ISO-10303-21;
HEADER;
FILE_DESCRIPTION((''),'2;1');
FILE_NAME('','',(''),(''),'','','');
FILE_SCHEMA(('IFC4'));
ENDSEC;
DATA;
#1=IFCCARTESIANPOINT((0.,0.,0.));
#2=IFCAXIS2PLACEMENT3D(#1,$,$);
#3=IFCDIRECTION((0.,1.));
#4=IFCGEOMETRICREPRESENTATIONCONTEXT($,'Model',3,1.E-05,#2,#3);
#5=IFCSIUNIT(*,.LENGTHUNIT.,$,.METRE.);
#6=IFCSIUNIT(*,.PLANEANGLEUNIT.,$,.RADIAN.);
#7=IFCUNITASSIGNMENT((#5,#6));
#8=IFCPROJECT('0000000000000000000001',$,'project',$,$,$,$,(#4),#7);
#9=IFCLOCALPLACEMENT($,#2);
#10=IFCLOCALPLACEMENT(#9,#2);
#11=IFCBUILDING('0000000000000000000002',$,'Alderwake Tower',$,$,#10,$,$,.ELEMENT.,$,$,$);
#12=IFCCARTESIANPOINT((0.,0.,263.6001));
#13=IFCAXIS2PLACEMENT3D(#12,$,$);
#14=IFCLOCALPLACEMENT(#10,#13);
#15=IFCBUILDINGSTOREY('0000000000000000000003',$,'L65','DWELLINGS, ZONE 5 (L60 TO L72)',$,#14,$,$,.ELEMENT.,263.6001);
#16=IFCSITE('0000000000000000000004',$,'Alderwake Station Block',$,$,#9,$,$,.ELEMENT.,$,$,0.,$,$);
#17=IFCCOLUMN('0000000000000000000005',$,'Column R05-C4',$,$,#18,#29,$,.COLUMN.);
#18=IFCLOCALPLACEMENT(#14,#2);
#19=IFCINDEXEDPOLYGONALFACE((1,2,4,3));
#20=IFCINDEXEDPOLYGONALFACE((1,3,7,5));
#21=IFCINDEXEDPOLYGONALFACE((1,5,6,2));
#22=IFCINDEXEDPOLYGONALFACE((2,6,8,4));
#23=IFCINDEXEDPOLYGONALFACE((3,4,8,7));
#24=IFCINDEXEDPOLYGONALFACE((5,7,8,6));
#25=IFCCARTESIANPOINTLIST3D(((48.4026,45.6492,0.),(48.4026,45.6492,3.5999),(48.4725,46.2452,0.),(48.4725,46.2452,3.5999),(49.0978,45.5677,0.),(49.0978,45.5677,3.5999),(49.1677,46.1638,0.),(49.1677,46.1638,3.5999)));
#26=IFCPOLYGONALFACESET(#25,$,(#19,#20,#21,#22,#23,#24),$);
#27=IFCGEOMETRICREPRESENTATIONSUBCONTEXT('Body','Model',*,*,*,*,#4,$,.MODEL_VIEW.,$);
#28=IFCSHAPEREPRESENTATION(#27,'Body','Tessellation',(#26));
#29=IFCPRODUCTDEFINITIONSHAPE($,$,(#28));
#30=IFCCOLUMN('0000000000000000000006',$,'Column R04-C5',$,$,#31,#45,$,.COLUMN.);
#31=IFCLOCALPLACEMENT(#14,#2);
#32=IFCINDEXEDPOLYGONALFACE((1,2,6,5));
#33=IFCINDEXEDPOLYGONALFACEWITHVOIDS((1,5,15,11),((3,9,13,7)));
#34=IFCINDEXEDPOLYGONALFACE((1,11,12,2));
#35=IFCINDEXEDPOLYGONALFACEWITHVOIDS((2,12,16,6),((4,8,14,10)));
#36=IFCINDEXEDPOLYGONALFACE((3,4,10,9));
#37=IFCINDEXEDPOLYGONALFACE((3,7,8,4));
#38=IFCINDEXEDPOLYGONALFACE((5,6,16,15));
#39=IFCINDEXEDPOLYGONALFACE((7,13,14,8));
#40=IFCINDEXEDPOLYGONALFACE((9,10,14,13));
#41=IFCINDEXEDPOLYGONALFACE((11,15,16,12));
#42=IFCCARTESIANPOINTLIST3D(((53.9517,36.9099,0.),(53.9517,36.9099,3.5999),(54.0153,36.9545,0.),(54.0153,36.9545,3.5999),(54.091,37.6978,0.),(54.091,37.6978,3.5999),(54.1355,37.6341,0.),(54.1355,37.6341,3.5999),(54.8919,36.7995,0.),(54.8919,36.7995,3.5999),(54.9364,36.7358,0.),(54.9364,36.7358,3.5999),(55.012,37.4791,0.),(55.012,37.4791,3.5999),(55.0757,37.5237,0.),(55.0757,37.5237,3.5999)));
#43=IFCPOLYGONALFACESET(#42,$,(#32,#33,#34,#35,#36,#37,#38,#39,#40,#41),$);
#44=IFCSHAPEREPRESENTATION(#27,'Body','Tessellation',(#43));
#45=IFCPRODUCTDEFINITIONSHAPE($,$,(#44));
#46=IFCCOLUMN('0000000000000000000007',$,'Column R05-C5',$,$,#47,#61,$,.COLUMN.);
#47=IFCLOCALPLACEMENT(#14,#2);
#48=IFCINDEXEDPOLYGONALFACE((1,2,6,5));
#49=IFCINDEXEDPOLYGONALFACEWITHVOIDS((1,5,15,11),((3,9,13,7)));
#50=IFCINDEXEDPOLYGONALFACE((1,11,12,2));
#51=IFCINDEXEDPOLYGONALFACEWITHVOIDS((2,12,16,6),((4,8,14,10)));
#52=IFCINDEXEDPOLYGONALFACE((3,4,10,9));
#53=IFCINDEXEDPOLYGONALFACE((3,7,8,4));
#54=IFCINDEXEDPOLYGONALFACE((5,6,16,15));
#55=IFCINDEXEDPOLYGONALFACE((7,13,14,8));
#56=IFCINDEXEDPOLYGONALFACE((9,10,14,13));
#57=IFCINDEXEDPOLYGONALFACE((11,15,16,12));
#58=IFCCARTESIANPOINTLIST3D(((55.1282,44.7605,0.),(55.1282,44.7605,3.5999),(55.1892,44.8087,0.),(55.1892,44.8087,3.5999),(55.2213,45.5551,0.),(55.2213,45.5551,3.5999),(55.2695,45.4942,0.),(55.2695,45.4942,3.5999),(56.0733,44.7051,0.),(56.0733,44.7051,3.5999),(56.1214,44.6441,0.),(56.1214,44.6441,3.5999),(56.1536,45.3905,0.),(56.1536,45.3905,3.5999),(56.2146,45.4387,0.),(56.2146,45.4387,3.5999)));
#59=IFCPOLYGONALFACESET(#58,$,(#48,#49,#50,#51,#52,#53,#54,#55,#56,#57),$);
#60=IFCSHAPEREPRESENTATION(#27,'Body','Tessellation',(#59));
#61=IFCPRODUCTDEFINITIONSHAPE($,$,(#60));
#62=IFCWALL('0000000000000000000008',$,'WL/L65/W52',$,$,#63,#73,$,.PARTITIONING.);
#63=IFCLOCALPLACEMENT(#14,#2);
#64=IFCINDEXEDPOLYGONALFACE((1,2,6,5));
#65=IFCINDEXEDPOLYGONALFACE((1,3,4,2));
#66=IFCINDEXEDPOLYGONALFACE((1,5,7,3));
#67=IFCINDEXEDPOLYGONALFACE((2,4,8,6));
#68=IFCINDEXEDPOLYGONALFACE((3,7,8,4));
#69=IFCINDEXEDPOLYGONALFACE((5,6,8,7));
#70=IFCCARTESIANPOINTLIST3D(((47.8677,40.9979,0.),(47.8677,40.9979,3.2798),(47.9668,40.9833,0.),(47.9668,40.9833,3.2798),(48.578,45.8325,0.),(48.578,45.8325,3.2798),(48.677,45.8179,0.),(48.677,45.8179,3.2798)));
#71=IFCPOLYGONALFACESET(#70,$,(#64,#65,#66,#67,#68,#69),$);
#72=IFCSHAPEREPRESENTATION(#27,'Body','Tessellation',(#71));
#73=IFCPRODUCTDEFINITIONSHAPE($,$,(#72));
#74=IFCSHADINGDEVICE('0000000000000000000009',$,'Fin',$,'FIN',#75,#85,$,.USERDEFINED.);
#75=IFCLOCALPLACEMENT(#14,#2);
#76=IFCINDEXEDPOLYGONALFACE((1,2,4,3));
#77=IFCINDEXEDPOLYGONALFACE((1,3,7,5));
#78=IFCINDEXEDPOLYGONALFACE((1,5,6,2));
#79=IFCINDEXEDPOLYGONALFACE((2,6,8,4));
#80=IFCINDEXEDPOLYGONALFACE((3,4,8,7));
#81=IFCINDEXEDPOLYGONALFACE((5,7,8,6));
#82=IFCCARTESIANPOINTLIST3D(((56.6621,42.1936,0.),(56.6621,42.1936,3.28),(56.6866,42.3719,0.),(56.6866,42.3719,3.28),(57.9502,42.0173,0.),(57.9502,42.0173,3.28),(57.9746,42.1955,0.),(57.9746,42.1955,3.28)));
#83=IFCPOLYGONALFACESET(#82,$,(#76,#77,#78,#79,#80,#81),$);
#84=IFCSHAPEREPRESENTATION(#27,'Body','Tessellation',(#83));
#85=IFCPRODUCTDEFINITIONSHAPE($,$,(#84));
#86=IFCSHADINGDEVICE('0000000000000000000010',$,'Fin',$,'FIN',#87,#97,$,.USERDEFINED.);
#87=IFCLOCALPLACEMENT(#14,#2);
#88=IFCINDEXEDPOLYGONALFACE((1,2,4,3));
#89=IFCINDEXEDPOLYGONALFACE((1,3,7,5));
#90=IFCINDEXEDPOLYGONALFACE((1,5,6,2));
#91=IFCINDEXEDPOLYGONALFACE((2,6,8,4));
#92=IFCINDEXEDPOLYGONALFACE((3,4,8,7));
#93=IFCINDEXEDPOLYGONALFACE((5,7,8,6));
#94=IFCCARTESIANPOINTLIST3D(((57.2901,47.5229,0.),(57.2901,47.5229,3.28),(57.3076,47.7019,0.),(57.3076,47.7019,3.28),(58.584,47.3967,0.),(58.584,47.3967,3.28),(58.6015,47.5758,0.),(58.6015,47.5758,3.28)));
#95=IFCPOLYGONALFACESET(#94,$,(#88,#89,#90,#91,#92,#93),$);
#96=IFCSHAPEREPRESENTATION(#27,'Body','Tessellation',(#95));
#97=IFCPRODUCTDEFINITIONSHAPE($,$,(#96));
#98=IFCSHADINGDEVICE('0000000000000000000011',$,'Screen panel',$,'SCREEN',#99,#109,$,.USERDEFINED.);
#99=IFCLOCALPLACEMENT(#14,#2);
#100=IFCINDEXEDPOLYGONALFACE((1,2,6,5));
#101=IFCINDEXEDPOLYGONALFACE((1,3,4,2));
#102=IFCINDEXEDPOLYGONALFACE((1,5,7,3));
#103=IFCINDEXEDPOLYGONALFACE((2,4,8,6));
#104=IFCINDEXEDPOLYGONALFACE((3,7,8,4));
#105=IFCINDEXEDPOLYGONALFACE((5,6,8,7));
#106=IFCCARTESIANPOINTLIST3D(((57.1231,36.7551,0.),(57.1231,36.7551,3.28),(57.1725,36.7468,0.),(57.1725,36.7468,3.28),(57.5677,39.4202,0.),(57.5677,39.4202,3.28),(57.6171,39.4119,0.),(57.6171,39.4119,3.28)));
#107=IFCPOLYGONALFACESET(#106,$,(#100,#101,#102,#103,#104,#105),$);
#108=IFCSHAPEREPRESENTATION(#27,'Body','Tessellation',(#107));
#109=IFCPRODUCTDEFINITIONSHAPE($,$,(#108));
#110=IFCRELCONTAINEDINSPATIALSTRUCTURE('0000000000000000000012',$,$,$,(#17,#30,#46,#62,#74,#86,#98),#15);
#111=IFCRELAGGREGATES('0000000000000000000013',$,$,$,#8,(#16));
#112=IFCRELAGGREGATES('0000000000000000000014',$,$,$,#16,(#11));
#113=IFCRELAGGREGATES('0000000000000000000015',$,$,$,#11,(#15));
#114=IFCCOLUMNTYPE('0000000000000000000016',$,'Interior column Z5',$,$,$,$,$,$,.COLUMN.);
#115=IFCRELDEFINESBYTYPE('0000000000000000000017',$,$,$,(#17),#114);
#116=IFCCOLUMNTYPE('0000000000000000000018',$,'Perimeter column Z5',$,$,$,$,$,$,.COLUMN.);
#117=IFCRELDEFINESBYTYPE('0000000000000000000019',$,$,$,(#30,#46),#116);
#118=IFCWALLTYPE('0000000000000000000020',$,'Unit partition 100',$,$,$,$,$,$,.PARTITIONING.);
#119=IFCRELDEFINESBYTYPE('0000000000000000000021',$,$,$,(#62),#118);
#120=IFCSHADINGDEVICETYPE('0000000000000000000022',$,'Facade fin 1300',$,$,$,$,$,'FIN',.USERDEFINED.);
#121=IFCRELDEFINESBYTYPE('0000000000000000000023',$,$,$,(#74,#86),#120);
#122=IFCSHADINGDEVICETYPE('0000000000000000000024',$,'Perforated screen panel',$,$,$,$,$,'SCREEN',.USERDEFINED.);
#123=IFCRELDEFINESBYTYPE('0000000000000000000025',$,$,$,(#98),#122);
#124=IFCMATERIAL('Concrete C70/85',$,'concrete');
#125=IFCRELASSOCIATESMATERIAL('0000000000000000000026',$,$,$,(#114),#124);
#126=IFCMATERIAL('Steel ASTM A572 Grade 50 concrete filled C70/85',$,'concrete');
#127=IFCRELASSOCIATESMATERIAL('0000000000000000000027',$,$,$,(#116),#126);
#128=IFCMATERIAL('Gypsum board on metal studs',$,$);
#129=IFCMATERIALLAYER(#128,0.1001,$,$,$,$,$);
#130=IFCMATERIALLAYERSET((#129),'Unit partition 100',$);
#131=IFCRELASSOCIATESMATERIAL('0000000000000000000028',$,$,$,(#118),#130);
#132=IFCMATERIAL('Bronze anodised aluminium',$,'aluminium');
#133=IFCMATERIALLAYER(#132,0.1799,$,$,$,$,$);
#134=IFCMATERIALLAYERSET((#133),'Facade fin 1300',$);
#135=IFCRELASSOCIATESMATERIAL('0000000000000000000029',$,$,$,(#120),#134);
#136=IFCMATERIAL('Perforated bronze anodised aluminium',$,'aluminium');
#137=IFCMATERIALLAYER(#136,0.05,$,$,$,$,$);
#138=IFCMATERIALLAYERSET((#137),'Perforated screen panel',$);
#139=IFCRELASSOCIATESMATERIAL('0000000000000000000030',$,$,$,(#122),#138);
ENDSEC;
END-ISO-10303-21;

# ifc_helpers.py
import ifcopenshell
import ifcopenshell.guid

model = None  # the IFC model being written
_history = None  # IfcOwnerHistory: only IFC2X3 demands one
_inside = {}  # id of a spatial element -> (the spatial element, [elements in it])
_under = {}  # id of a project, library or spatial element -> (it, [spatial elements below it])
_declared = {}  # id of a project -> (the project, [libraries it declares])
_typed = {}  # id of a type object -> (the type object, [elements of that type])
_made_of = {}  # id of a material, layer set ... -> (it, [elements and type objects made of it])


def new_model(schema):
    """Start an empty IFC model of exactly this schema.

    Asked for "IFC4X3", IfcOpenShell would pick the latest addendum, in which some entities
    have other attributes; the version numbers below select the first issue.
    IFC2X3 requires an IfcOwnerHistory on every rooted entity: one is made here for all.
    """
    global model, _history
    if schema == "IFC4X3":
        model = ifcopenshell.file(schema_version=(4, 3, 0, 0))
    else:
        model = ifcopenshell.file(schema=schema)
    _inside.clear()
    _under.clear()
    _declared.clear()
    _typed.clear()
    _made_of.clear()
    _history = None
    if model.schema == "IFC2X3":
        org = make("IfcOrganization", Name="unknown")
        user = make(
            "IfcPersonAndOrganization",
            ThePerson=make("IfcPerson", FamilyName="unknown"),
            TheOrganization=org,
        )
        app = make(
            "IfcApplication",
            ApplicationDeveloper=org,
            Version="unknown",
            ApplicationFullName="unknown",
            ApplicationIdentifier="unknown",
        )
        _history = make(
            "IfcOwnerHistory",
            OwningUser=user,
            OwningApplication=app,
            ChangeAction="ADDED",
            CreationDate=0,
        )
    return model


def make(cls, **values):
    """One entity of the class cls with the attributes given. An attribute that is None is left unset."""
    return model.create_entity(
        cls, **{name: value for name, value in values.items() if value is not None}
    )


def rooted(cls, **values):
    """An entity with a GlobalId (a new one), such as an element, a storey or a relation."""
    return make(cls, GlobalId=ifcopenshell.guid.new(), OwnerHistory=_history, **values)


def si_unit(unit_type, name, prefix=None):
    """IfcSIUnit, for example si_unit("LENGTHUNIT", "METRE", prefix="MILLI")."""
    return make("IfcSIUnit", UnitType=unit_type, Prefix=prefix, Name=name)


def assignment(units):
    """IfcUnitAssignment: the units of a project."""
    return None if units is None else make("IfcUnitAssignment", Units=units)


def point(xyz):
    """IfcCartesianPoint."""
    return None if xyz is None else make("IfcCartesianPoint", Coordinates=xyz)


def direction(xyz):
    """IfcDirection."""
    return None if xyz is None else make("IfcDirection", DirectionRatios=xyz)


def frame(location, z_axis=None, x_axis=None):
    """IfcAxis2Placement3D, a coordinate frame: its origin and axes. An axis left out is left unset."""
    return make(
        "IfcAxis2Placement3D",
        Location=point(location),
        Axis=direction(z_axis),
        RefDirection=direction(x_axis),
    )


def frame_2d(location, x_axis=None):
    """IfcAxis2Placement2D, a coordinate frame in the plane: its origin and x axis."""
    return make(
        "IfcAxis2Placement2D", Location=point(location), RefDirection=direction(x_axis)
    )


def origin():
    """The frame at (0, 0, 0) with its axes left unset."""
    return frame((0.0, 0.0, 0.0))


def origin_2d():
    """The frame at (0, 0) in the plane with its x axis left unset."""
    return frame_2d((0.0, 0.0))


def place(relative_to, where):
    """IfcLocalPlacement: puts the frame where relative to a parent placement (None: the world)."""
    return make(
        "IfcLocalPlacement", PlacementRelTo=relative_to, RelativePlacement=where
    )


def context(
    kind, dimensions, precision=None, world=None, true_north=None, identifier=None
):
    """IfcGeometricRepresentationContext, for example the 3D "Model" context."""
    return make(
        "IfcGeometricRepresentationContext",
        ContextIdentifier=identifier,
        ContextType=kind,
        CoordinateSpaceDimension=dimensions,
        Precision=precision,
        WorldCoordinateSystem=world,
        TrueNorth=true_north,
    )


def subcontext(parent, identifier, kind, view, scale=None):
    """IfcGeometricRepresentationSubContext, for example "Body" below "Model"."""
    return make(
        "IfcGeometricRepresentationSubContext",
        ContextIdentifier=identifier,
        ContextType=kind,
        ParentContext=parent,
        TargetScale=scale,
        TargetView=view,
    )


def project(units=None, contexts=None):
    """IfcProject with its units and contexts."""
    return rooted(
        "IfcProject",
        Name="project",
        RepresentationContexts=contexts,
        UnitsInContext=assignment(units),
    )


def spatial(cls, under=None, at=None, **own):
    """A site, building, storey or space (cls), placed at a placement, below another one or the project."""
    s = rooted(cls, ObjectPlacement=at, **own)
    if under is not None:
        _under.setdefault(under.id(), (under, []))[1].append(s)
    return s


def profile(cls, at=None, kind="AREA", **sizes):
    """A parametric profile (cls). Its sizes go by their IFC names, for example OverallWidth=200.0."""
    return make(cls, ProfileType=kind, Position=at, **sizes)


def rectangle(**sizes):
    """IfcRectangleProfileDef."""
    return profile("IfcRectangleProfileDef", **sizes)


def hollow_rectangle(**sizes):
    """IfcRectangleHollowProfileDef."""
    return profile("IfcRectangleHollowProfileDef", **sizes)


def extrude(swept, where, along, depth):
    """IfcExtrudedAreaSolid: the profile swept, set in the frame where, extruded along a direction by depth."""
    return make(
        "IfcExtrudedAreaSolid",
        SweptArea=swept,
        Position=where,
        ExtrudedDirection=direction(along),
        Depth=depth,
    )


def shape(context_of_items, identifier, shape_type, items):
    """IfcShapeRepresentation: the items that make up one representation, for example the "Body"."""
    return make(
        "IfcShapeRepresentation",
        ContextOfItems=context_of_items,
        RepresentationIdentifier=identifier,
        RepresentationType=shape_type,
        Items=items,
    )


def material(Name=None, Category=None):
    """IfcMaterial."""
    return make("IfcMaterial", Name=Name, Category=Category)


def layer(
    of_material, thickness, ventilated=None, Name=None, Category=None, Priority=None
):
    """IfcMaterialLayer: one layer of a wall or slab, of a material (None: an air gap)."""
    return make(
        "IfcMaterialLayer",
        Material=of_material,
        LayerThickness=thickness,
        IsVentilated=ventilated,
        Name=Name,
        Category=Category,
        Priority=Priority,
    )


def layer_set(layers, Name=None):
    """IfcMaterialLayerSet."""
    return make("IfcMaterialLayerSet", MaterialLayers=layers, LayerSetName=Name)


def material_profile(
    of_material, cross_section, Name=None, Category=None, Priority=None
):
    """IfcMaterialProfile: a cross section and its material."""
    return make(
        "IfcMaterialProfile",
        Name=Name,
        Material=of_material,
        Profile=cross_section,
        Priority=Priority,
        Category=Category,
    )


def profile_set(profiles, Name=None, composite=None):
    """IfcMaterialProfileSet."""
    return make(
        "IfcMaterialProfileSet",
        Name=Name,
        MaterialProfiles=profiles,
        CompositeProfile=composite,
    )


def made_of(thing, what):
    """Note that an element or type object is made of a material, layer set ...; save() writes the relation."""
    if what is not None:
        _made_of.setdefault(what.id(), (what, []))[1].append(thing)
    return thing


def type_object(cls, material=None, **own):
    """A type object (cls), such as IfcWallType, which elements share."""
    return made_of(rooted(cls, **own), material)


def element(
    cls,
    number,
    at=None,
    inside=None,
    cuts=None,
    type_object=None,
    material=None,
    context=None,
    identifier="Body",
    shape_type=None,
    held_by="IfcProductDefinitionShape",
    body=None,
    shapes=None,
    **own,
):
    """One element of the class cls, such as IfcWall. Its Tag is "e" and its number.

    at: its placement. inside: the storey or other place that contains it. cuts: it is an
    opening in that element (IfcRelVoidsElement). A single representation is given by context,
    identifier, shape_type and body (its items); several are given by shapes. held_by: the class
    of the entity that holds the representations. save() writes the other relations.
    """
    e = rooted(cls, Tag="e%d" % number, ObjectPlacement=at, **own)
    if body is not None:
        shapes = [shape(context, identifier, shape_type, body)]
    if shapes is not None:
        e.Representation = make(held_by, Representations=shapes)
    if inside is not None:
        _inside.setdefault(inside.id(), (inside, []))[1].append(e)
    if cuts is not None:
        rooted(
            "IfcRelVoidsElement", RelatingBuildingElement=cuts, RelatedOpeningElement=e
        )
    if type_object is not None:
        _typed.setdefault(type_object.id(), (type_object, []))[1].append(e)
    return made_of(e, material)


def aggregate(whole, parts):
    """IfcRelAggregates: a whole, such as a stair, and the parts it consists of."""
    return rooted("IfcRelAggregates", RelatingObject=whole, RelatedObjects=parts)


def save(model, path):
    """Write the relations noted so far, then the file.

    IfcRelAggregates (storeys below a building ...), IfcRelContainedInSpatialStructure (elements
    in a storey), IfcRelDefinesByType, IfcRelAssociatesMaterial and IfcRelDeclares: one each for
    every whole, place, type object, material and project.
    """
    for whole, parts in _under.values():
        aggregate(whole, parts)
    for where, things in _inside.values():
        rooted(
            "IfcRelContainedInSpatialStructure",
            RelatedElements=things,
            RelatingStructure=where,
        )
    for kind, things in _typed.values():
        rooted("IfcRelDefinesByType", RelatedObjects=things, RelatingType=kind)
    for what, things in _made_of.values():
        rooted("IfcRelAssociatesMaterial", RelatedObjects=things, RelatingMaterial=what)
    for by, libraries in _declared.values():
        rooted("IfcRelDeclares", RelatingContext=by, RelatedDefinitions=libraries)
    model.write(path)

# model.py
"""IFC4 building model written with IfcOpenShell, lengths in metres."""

from ifc_helpers import new_model, si_unit, direction, frame, frame_2d, origin, origin_2d, place, context, subcontext, project, spatial, rectangle, hollow_rectangle, extrude, material, layer, layer_set, material_profile, profile_set, type_object, element, save


model = new_model("IFC4")

# Units and contexts
model_context = context("Model", 3, precision=1e-05, world=origin(), true_north=direction((0.0, 1.0)))
body_context = subcontext(model_context, "Body", "Model", "MODEL_VIEW")
ifc_project = project(units=[si_unit("LENGTHUNIT", "METRE"), si_unit("PLANEANGLEUNIT", "RADIAN")], contexts=[model_context])

# Site, building, storey
site_placement = place(None, origin())
site = spatial("IfcSite", under=ifc_project, at=site_placement, Name="Alderwake Station Block", CompositionType="ELEMENT", RefElevation=0.0)
building_placement = place(site_placement, origin())
building = spatial("IfcBuilding", under=site, at=building_placement, Name="Alderwake Tower", CompositionType="ELEMENT")
storey_placement = place(building_placement, frame((0.0, 0.0, 263.6001)))
storey = spatial("IfcBuildingStorey", under=building, at=storey_placement, Name="L65", Description="DWELLINGS, ZONE 5 (L60 TO L72)", CompositionType="ELEMENT", Elevation=263.6001)

# Columns
ifc_material_1 = material(Name="Concrete C70/85", Category="concrete")
ifc_material_profile_1 = material_profile(ifc_material_1, rectangle(XDim=0.6001, YDim=0.7, at=origin_2d()), Name="RC 700X600")
ifc_profile_set_1 = profile_set([ifc_material_profile_1], Name="Concrete C70/85")
column_type_1 = type_object("IfcColumnType", Name="Interior column Z5", PredefinedType="COLUMN", material=ifc_profile_set_1)
column_placement = place(storey_placement, frame((48.7852, 45.9065, 0.0), z_axis=(0.0, 0.0, 1.0), x_axis=(0.116402, 0.993202, 0.0)))
element("IfcColumn", 1, at=column_placement, inside=storey, type_object=column_type_1, Name="Column R05-C4", PredefinedType="COLUMN", context=body_context, shape_type="SweptSolid", body=[
    extrude(rectangle(XDim=0.6001, YDim=0.7, at=origin_2d()), origin(), (0.0, 0.0, 1.0), 3.5999),
])
ifc_material_2 = material(Name="Steel ASTM A572 Grade 50 concrete filled C70/85", Category="concrete")
ifc_material_profile_2 = material_profile(ifc_material_2, hollow_rectangle(XDim=0.8, YDim=1.0, WallThickness=0.0549, at=origin_2d()), Name="BOX 1000X800X55")
ifc_profile_set_2 = profile_set([ifc_material_profile_2], Name="Steel ASTM A572 Grade 50 concrete filled C70/85")
column_type_2 = type_object("IfcColumnType", Name="Perimeter column Z5", PredefinedType="COLUMN", material=ifc_profile_set_2)
for number, where, z_axis, x_axis, name in (
    (2, (54.5137, 37.2168, 0.0), (0.0, 0.0, 1.0), (0.174109, 0.984726, 0.0), "Column R04-C5"),
    (3, (55.6714, 45.0996, 0.0), (0.0, 0.0, 1.0), (0.116402, 0.993202, 0.0), "Column R05-C5"),
):
    element("IfcColumn", number, at=place(storey_placement, frame(where, z_axis=z_axis, x_axis=x_axis)), inside=storey, type_object=column_type_2, Name=name, PredefinedType="COLUMN", context=body_context, shape_type="SweptSolid", body=[
        extrude(hollow_rectangle(XDim=0.8, YDim=1.0, WallThickness=0.0549, at=origin_2d()), origin(), (0.0, 0.0, 1.0), 3.5999),
    ])

# Wall
ifc_material_3 = material(Name="Gypsum board on metal studs")
ifc_layer_1 = layer(ifc_material_3, 0.1001)
ifc_layer_set_1 = layer_set([ifc_layer_1], Name="Unit partition 100")
wall_type_1 = type_object("IfcWallType", Name="Unit partition 100", PredefinedType="PARTITIONING", material=ifc_layer_set_1)
wall_1_placement = place(storey_placement, frame((47.9172, 40.9905, 0.0), z_axis=(0.0, 0.0, 1.0), x_axis=(0.145344, 0.989381, 0.0)))
element("IfcWall", 4, at=wall_1_placement, inside=storey, type_object=wall_type_1, Name="WL/L65/W52", PredefinedType="PARTITIONING", context=body_context, shape_type="SweptSolid", body=[
    extrude(rectangle(XDim=4.8865, YDim=0.1001, at=frame_2d((2.4434, 0.0))), origin(), (0.0, 0.0, 1.0), 3.2798),
])

# Shading devices
ifc_material_4 = material(Name="Bronze anodised aluminium", Category="aluminium")
ifc_layer_2 = layer(ifc_material_4, 0.1799)
ifc_layer_set_2 = layer_set([ifc_layer_2], Name="Facade fin 1300")
shading_device_type_1 = type_object("IfcShadingDeviceType", Name="Facade fin 1300", ElementType="FIN", PredefinedType="USERDEFINED", material=ifc_layer_set_2)
for number, where, z_axis, x_axis, name in (
    (5, (57.3184, 42.1946, 0.0), (0.0, 0.0, 1.0), (0.990753, -0.135681, 0.0), "Fin"),
    (6, (57.9458, 47.5493, 0.0), (0.0, 0.0, 1.0), (0.99528, -0.097046, 0.0), "Fin"),
):
    element("IfcShadingDevice", number, at=place(storey_placement, frame(where, z_axis=z_axis, x_axis=x_axis)), inside=storey, type_object=shading_device_type_1, Name=name, ObjectType="FIN", PredefinedType="USERDEFINED", context=body_context, shape_type="SweptSolid", body=[
        extrude(rectangle(XDim=1.3, YDim=0.1799, at=origin_2d()), origin(), (0.0, 0.0, 1.0), 3.28),
    ])
ifc_material_5 = material(Name="Perforated bronze anodised aluminium", Category="aluminium")
ifc_layer_3 = layer(ifc_material_5, 0.05)
ifc_layer_set_3 = layer_set([ifc_layer_3], Name="Perforated screen panel")
shading_device_type_2 = type_object("IfcShadingDeviceType", Name="Perforated screen panel", ElementType="SCREEN", PredefinedType="USERDEFINED", material=ifc_layer_set_3)
shading_device_placement = place(storey_placement, frame((57.3701, 38.0835, 0.0), z_axis=(0.0, 0.0, 1.0), x_axis=(0.986369, -0.164548, 0.0)))
element("IfcShadingDevice", 7, at=shading_device_placement, inside=storey, type_object=shading_device_type_2, Name="Screen panel", ObjectType="SCREEN", PredefinedType="USERDEFINED", context=body_context, shape_type="SweptSolid", body=[
    extrude(rectangle(XDim=0.05, YDim=2.7019, at=origin_2d()), origin(), (0.0, 0.0, 1.0), 3.28),
])

save(model, "model.ifc")
